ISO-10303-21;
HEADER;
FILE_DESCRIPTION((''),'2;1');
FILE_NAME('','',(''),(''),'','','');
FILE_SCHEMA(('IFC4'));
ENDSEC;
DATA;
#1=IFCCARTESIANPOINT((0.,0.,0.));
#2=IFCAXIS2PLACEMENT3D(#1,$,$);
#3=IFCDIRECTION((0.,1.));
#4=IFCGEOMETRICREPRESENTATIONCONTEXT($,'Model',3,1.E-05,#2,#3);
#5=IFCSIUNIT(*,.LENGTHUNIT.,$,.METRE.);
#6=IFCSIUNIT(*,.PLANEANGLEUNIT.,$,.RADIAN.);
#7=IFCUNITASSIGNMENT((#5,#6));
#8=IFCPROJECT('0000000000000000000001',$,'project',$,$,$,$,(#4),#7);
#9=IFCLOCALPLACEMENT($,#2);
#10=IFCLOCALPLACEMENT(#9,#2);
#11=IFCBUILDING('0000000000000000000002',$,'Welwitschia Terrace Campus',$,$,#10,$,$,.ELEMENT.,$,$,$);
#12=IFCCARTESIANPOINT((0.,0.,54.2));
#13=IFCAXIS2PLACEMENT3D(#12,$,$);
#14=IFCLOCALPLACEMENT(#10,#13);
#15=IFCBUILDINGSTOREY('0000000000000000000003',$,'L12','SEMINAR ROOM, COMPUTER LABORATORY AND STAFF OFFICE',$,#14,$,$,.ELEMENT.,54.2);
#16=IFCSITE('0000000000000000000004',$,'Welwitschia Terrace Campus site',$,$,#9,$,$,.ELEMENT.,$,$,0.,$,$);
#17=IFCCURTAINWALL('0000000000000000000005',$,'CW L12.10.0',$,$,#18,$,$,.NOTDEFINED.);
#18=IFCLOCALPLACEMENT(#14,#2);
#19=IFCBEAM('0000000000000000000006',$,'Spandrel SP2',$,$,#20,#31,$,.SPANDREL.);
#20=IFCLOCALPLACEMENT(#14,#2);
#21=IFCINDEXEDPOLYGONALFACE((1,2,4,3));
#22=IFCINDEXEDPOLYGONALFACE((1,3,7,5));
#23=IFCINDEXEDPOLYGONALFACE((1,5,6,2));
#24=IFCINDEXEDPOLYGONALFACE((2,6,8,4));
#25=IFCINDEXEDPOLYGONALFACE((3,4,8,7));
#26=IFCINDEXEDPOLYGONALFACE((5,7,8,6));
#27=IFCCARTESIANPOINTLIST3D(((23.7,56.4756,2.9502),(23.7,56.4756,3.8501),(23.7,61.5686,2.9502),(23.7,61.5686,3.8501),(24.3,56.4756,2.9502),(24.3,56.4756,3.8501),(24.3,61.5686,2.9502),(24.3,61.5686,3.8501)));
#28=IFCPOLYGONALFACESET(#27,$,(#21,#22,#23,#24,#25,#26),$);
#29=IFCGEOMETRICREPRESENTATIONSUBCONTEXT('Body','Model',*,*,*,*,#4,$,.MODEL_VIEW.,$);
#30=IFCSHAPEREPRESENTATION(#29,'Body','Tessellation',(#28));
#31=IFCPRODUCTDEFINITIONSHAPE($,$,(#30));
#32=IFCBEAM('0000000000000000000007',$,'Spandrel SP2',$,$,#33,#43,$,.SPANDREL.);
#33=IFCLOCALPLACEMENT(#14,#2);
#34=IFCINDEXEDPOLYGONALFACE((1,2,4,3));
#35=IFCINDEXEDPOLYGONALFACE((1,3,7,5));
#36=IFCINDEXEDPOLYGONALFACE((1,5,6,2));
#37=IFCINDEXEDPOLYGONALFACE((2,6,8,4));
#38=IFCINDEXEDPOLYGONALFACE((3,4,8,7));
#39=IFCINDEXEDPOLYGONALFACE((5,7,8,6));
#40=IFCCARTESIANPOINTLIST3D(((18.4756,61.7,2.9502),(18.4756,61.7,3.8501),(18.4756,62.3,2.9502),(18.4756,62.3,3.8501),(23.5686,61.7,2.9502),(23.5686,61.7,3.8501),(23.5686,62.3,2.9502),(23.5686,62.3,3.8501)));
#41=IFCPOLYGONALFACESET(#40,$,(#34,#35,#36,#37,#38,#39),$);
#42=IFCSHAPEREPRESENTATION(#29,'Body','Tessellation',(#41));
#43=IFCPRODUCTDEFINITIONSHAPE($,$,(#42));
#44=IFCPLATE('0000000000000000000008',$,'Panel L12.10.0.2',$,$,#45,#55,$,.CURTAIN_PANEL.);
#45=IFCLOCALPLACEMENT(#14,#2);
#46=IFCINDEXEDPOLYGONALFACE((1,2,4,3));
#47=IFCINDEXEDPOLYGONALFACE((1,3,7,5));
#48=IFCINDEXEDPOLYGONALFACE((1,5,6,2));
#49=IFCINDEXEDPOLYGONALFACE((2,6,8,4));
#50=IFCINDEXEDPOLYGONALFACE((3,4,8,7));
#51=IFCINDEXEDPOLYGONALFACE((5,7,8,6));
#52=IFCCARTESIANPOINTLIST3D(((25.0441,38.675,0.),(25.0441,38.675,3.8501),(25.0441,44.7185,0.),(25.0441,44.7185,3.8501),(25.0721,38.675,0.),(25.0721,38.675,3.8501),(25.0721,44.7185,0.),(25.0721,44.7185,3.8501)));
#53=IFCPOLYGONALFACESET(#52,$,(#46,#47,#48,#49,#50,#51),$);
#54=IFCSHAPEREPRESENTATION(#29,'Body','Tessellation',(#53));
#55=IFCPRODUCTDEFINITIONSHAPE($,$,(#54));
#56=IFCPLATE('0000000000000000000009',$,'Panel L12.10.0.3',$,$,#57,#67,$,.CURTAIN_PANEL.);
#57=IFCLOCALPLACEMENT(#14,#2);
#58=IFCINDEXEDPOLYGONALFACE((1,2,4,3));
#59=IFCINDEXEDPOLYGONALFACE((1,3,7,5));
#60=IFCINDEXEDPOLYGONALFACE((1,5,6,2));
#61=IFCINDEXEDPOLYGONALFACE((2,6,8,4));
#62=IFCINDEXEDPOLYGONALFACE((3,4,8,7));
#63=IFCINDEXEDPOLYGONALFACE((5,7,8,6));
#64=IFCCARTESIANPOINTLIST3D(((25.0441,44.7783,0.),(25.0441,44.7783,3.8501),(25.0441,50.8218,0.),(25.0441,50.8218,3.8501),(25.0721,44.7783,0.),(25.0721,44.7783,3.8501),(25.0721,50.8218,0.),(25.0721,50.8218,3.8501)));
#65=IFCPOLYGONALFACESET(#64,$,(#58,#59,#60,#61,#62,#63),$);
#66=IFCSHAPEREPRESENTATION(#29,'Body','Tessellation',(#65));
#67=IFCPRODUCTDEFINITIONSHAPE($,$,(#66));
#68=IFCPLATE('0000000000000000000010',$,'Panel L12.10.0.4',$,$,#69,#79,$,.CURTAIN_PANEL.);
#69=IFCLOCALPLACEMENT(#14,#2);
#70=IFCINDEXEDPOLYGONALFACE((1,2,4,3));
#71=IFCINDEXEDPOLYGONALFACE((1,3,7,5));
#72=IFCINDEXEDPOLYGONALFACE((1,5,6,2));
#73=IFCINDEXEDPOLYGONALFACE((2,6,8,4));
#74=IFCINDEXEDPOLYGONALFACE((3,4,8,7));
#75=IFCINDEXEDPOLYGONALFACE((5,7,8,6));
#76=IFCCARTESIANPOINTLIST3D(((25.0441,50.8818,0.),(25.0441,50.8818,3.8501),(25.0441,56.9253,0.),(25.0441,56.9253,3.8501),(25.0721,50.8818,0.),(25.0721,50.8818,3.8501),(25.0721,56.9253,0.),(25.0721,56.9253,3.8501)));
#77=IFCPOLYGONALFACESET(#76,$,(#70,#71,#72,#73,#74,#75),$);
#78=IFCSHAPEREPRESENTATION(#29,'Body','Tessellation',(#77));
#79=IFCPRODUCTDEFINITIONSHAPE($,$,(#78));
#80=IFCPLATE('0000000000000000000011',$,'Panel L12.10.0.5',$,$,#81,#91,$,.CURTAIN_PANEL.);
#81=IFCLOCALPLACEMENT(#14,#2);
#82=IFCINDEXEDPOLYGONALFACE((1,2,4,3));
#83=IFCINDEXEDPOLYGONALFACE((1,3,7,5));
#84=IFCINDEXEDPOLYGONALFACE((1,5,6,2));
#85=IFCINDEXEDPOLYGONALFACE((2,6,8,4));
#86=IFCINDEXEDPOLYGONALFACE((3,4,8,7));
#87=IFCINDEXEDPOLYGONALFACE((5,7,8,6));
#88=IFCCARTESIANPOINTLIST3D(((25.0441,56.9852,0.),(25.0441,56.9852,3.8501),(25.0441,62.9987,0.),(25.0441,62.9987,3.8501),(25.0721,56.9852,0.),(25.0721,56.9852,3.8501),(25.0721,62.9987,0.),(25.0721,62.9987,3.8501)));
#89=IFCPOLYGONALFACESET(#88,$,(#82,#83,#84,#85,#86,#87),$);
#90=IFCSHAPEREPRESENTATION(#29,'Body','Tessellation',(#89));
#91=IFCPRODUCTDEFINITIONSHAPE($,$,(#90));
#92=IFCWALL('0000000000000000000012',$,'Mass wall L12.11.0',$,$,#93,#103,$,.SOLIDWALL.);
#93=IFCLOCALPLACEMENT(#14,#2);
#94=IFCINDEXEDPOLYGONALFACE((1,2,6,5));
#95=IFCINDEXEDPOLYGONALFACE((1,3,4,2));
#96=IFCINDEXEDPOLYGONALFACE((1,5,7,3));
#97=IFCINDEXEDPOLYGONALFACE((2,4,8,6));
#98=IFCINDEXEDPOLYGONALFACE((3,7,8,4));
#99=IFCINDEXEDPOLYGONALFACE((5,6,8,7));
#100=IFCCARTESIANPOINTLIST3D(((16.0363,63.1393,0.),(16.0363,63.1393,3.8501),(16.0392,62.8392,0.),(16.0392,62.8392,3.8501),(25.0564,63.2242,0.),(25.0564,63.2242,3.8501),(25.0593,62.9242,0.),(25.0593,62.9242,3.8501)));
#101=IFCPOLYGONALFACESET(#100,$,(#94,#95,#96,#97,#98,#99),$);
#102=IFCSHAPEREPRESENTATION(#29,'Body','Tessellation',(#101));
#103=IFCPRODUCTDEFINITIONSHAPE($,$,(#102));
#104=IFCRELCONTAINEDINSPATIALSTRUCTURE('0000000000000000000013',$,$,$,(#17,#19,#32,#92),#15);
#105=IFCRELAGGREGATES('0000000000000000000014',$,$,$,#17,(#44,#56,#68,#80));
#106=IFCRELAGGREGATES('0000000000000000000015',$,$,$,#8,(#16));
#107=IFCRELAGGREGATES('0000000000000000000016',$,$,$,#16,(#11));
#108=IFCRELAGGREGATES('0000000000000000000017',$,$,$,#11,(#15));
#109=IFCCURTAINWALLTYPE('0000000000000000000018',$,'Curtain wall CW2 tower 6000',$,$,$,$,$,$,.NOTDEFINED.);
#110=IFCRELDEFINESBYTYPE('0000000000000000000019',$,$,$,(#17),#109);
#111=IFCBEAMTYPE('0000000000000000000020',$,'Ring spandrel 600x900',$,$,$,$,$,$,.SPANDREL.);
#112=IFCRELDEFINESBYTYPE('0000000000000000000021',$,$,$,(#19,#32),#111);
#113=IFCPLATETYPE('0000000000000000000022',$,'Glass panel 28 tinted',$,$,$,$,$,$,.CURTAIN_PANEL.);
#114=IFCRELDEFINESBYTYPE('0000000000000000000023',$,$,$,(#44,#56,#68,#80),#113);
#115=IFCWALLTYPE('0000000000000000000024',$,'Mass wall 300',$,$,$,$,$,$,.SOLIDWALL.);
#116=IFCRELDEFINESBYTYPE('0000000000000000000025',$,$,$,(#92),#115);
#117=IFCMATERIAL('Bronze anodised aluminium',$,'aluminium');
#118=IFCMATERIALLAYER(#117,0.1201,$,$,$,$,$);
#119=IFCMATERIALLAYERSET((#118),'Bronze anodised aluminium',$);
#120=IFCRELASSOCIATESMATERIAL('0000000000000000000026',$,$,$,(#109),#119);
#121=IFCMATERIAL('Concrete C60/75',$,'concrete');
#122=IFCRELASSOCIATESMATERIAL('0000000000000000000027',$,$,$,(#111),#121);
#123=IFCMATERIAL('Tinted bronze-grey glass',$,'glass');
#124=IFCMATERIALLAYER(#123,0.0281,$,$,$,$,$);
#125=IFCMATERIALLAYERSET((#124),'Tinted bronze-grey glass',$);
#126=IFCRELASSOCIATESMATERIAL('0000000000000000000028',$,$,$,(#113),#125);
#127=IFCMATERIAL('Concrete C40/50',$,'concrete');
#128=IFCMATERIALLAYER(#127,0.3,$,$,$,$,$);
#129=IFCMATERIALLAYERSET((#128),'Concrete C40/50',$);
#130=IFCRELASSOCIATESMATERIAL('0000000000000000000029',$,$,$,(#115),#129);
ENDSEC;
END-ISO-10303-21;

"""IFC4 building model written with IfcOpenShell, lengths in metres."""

from ifc_helpers import new_model, si_unit, direction, frame, frame_2d, origin, origin_2d, place, context, subcontext, project, spatial, rectangle, extrude, material, layer, layer_set, material_profile, profile_set, type_object, element, aggregate, save


model = new_model("IFC4")

# Units and contexts
model_context = context("Model", 3, precision=1e-05, world=origin(), true_north=direction((0.0, 1.0)))
body_context = subcontext(model_context, "Body", "Model", "MODEL_VIEW")
ifc_project = project(units=[si_unit("LENGTHUNIT", "METRE"), si_unit("PLANEANGLEUNIT", "RADIAN")], contexts=[model_context])

# Site, building, storey
site_placement = place(None, origin())
site = spatial("IfcSite", under=ifc_project, at=site_placement, Name="Welwitschia Terrace Campus site", CompositionType="ELEMENT", RefElevation=0.0)
building_placement = place(site_placement, origin())
building = spatial("IfcBuilding", under=site, at=building_placement, Name="Welwitschia Terrace Campus", CompositionType="ELEMENT")
storey_placement = place(building_placement, frame((0.0, 0.0, 54.2)))
storey = spatial("IfcBuildingStorey", under=building, at=storey_placement, Name="L12", Description="SEMINAR ROOM, COMPUTER LABORATORY AND STAFF OFFICE", CompositionType="ELEMENT", Elevation=54.2)

# Curtain wall
ifc_material_1 = material(Name="Bronze anodised aluminium", Category="aluminium")
ifc_layer_1 = layer(ifc_material_1, 0.1201)
ifc_layer_set_1 = layer_set([ifc_layer_1], Name="Bronze anodised aluminium")
curtain_wall_type = type_object("IfcCurtainWallType", Name="Curtain wall CW2 tower 6000", PredefinedType="NOTDEFINED", material=ifc_layer_set_1)
curtain_wall_placement = place(storey_placement, origin())
curtain_wall = element("IfcCurtainWall", 1, at=curtain_wall_placement, inside=storey, type_object=curtain_wall_type, Name="CW L12.10.0", PredefinedType="NOTDEFINED")

# Beams
ifc_material_2 = material(Name="Concrete C60/75", Category="concrete")
ifc_material_profile_1 = material_profile(ifc_material_2, rectangle(XDim=0.6001, YDim=0.8999, at=origin_2d()))
ifc_profile_set_1 = profile_set([ifc_material_profile_1], Name="Concrete C60/75")
beam_type_1 = type_object("IfcBeamType", Name="Ring spandrel 600x900", PredefinedType="SPANDREL", material=ifc_profile_set_1)
for number, where, z_axis, x_axis, name in (
    (2, (24.0, 56.4756, 3.4001), (0.0, 1.0, 0.0), (-1.0, 0.0, 0.0), "Spandrel SP2"),
    (3, (23.5686, 62.0, 3.4001), (-1.0, 0.0, 0.0), (0.0, -1.0, 0.0), "Spandrel SP2"),
):
    element("IfcBeam", number, at=place(storey_placement, frame(where, z_axis=z_axis, x_axis=x_axis)), inside=storey, type_object=beam_type_1, Name=name, PredefinedType="SPANDREL", context=body_context, shape_type="SweptSolid", body=[
        extrude(rectangle(XDim=0.6001, YDim=0.8999, at=origin_2d()), origin(), (0.0, 0.0, 1.0), 5.093),
    ])

# Plates
ifc_material_3 = material(Name="Tinted bronze-grey glass", Category="glass")
ifc_layer_2 = layer(ifc_material_3, 0.0281)
ifc_layer_set_2 = layer_set([ifc_layer_2], Name="Tinted bronze-grey glass")
plate_type = type_object("IfcPlateType", Name="Glass panel 28 tinted", PredefinedType="CURTAIN_PANEL", material=ifc_layer_set_2)
plate_1_placement = place(storey_placement, frame((25.0581, 41.6968, 0.0), z_axis=(0.0, 0.0, 1.0), x_axis=(0.0, 1.0, 0.0)))
plate_1 = element("IfcPlate", 4, at=plate_1_placement, type_object=plate_type, Name="Panel L12.10.0.2", PredefinedType="CURTAIN_PANEL", context=body_context, shape_type="SweptSolid", body=[
    extrude(rectangle(XDim=6.0435, YDim=0.0281, at=origin_2d()), origin(), (0.0, 0.0, 1.0), 3.8501),
])
plate_2_placement = place(storey_placement, frame((25.0581, 47.8, 0.0), z_axis=(0.0, 0.0, 1.0), x_axis=(0.0, 1.0, 0.0)))
plate_2 = element("IfcPlate", 5, at=plate_2_placement, type_object=plate_type, Name="Panel L12.10.0.3", PredefinedType="CURTAIN_PANEL", context=body_context, shape_type="SweptSolid", body=[
    extrude(rectangle(XDim=6.0435, YDim=0.0281, at=origin_2d()), origin(), (0.0, 0.0, 1.0), 3.8501),
])
plate_3_placement = place(storey_placement, frame((25.0581, 53.9036, 0.0), z_axis=(0.0, 0.0, 1.0), x_axis=(0.0, 1.0, 0.0)))
plate_3 = element("IfcPlate", 6, at=plate_3_placement, type_object=plate_type, Name="Panel L12.10.0.4", PredefinedType="CURTAIN_PANEL", context=body_context, shape_type="SweptSolid", body=[
    extrude(rectangle(XDim=6.0435, YDim=0.0281, at=origin_2d()), origin(), (0.0, 0.0, 1.0), 3.8501),
])
plate_4_placement = place(storey_placement, frame((25.0581, 59.9919, 0.0), z_axis=(0.0, 0.0, 1.0), x_axis=(0.0, 1.0, 0.0)))
plate_4 = element("IfcPlate", 7, at=plate_4_placement, type_object=plate_type, Name="Panel L12.10.0.5", PredefinedType="CURTAIN_PANEL", context=body_context, shape_type="SweptSolid", body=[
    extrude(rectangle(XDim=6.0134, YDim=0.0281, at=origin_2d()), origin(), (0.0, 0.0, 1.0), 3.8501),
])
aggregate(curtain_wall, [plate_1, plate_2, plate_3, plate_4])

# Wall
ifc_material_4 = material(Name="Concrete C40/50", Category="concrete")
ifc_layer_3 = layer(ifc_material_4, 0.3)
ifc_layer_set_3 = layer_set([ifc_layer_3], Name="Concrete C40/50")
wall_type = type_object("IfcWallType", Name="Mass wall 300", PredefinedType="SOLIDWALL", material=ifc_layer_set_3)
wall_placement = place(storey_placement, frame((25.0579, 63.0742, 0.0), z_axis=(0.0, 0.0, 1.0), x_axis=(-0.999956, -0.009419, 0.0)))
element("IfcWall", 8, at=wall_placement, inside=storey, type_object=wall_type, Name="Mass wall L12.11.0", PredefinedType="SOLIDWALL", context=body_context, shape_type="SweptSolid", body=[
    extrude(rectangle(XDim=9.0205, YDim=0.3, at=frame_2d((4.5103, 0.0))), origin(), (0.0, 0.0, 1.0), 3.8501),
])

save(model, "model.ifc")
